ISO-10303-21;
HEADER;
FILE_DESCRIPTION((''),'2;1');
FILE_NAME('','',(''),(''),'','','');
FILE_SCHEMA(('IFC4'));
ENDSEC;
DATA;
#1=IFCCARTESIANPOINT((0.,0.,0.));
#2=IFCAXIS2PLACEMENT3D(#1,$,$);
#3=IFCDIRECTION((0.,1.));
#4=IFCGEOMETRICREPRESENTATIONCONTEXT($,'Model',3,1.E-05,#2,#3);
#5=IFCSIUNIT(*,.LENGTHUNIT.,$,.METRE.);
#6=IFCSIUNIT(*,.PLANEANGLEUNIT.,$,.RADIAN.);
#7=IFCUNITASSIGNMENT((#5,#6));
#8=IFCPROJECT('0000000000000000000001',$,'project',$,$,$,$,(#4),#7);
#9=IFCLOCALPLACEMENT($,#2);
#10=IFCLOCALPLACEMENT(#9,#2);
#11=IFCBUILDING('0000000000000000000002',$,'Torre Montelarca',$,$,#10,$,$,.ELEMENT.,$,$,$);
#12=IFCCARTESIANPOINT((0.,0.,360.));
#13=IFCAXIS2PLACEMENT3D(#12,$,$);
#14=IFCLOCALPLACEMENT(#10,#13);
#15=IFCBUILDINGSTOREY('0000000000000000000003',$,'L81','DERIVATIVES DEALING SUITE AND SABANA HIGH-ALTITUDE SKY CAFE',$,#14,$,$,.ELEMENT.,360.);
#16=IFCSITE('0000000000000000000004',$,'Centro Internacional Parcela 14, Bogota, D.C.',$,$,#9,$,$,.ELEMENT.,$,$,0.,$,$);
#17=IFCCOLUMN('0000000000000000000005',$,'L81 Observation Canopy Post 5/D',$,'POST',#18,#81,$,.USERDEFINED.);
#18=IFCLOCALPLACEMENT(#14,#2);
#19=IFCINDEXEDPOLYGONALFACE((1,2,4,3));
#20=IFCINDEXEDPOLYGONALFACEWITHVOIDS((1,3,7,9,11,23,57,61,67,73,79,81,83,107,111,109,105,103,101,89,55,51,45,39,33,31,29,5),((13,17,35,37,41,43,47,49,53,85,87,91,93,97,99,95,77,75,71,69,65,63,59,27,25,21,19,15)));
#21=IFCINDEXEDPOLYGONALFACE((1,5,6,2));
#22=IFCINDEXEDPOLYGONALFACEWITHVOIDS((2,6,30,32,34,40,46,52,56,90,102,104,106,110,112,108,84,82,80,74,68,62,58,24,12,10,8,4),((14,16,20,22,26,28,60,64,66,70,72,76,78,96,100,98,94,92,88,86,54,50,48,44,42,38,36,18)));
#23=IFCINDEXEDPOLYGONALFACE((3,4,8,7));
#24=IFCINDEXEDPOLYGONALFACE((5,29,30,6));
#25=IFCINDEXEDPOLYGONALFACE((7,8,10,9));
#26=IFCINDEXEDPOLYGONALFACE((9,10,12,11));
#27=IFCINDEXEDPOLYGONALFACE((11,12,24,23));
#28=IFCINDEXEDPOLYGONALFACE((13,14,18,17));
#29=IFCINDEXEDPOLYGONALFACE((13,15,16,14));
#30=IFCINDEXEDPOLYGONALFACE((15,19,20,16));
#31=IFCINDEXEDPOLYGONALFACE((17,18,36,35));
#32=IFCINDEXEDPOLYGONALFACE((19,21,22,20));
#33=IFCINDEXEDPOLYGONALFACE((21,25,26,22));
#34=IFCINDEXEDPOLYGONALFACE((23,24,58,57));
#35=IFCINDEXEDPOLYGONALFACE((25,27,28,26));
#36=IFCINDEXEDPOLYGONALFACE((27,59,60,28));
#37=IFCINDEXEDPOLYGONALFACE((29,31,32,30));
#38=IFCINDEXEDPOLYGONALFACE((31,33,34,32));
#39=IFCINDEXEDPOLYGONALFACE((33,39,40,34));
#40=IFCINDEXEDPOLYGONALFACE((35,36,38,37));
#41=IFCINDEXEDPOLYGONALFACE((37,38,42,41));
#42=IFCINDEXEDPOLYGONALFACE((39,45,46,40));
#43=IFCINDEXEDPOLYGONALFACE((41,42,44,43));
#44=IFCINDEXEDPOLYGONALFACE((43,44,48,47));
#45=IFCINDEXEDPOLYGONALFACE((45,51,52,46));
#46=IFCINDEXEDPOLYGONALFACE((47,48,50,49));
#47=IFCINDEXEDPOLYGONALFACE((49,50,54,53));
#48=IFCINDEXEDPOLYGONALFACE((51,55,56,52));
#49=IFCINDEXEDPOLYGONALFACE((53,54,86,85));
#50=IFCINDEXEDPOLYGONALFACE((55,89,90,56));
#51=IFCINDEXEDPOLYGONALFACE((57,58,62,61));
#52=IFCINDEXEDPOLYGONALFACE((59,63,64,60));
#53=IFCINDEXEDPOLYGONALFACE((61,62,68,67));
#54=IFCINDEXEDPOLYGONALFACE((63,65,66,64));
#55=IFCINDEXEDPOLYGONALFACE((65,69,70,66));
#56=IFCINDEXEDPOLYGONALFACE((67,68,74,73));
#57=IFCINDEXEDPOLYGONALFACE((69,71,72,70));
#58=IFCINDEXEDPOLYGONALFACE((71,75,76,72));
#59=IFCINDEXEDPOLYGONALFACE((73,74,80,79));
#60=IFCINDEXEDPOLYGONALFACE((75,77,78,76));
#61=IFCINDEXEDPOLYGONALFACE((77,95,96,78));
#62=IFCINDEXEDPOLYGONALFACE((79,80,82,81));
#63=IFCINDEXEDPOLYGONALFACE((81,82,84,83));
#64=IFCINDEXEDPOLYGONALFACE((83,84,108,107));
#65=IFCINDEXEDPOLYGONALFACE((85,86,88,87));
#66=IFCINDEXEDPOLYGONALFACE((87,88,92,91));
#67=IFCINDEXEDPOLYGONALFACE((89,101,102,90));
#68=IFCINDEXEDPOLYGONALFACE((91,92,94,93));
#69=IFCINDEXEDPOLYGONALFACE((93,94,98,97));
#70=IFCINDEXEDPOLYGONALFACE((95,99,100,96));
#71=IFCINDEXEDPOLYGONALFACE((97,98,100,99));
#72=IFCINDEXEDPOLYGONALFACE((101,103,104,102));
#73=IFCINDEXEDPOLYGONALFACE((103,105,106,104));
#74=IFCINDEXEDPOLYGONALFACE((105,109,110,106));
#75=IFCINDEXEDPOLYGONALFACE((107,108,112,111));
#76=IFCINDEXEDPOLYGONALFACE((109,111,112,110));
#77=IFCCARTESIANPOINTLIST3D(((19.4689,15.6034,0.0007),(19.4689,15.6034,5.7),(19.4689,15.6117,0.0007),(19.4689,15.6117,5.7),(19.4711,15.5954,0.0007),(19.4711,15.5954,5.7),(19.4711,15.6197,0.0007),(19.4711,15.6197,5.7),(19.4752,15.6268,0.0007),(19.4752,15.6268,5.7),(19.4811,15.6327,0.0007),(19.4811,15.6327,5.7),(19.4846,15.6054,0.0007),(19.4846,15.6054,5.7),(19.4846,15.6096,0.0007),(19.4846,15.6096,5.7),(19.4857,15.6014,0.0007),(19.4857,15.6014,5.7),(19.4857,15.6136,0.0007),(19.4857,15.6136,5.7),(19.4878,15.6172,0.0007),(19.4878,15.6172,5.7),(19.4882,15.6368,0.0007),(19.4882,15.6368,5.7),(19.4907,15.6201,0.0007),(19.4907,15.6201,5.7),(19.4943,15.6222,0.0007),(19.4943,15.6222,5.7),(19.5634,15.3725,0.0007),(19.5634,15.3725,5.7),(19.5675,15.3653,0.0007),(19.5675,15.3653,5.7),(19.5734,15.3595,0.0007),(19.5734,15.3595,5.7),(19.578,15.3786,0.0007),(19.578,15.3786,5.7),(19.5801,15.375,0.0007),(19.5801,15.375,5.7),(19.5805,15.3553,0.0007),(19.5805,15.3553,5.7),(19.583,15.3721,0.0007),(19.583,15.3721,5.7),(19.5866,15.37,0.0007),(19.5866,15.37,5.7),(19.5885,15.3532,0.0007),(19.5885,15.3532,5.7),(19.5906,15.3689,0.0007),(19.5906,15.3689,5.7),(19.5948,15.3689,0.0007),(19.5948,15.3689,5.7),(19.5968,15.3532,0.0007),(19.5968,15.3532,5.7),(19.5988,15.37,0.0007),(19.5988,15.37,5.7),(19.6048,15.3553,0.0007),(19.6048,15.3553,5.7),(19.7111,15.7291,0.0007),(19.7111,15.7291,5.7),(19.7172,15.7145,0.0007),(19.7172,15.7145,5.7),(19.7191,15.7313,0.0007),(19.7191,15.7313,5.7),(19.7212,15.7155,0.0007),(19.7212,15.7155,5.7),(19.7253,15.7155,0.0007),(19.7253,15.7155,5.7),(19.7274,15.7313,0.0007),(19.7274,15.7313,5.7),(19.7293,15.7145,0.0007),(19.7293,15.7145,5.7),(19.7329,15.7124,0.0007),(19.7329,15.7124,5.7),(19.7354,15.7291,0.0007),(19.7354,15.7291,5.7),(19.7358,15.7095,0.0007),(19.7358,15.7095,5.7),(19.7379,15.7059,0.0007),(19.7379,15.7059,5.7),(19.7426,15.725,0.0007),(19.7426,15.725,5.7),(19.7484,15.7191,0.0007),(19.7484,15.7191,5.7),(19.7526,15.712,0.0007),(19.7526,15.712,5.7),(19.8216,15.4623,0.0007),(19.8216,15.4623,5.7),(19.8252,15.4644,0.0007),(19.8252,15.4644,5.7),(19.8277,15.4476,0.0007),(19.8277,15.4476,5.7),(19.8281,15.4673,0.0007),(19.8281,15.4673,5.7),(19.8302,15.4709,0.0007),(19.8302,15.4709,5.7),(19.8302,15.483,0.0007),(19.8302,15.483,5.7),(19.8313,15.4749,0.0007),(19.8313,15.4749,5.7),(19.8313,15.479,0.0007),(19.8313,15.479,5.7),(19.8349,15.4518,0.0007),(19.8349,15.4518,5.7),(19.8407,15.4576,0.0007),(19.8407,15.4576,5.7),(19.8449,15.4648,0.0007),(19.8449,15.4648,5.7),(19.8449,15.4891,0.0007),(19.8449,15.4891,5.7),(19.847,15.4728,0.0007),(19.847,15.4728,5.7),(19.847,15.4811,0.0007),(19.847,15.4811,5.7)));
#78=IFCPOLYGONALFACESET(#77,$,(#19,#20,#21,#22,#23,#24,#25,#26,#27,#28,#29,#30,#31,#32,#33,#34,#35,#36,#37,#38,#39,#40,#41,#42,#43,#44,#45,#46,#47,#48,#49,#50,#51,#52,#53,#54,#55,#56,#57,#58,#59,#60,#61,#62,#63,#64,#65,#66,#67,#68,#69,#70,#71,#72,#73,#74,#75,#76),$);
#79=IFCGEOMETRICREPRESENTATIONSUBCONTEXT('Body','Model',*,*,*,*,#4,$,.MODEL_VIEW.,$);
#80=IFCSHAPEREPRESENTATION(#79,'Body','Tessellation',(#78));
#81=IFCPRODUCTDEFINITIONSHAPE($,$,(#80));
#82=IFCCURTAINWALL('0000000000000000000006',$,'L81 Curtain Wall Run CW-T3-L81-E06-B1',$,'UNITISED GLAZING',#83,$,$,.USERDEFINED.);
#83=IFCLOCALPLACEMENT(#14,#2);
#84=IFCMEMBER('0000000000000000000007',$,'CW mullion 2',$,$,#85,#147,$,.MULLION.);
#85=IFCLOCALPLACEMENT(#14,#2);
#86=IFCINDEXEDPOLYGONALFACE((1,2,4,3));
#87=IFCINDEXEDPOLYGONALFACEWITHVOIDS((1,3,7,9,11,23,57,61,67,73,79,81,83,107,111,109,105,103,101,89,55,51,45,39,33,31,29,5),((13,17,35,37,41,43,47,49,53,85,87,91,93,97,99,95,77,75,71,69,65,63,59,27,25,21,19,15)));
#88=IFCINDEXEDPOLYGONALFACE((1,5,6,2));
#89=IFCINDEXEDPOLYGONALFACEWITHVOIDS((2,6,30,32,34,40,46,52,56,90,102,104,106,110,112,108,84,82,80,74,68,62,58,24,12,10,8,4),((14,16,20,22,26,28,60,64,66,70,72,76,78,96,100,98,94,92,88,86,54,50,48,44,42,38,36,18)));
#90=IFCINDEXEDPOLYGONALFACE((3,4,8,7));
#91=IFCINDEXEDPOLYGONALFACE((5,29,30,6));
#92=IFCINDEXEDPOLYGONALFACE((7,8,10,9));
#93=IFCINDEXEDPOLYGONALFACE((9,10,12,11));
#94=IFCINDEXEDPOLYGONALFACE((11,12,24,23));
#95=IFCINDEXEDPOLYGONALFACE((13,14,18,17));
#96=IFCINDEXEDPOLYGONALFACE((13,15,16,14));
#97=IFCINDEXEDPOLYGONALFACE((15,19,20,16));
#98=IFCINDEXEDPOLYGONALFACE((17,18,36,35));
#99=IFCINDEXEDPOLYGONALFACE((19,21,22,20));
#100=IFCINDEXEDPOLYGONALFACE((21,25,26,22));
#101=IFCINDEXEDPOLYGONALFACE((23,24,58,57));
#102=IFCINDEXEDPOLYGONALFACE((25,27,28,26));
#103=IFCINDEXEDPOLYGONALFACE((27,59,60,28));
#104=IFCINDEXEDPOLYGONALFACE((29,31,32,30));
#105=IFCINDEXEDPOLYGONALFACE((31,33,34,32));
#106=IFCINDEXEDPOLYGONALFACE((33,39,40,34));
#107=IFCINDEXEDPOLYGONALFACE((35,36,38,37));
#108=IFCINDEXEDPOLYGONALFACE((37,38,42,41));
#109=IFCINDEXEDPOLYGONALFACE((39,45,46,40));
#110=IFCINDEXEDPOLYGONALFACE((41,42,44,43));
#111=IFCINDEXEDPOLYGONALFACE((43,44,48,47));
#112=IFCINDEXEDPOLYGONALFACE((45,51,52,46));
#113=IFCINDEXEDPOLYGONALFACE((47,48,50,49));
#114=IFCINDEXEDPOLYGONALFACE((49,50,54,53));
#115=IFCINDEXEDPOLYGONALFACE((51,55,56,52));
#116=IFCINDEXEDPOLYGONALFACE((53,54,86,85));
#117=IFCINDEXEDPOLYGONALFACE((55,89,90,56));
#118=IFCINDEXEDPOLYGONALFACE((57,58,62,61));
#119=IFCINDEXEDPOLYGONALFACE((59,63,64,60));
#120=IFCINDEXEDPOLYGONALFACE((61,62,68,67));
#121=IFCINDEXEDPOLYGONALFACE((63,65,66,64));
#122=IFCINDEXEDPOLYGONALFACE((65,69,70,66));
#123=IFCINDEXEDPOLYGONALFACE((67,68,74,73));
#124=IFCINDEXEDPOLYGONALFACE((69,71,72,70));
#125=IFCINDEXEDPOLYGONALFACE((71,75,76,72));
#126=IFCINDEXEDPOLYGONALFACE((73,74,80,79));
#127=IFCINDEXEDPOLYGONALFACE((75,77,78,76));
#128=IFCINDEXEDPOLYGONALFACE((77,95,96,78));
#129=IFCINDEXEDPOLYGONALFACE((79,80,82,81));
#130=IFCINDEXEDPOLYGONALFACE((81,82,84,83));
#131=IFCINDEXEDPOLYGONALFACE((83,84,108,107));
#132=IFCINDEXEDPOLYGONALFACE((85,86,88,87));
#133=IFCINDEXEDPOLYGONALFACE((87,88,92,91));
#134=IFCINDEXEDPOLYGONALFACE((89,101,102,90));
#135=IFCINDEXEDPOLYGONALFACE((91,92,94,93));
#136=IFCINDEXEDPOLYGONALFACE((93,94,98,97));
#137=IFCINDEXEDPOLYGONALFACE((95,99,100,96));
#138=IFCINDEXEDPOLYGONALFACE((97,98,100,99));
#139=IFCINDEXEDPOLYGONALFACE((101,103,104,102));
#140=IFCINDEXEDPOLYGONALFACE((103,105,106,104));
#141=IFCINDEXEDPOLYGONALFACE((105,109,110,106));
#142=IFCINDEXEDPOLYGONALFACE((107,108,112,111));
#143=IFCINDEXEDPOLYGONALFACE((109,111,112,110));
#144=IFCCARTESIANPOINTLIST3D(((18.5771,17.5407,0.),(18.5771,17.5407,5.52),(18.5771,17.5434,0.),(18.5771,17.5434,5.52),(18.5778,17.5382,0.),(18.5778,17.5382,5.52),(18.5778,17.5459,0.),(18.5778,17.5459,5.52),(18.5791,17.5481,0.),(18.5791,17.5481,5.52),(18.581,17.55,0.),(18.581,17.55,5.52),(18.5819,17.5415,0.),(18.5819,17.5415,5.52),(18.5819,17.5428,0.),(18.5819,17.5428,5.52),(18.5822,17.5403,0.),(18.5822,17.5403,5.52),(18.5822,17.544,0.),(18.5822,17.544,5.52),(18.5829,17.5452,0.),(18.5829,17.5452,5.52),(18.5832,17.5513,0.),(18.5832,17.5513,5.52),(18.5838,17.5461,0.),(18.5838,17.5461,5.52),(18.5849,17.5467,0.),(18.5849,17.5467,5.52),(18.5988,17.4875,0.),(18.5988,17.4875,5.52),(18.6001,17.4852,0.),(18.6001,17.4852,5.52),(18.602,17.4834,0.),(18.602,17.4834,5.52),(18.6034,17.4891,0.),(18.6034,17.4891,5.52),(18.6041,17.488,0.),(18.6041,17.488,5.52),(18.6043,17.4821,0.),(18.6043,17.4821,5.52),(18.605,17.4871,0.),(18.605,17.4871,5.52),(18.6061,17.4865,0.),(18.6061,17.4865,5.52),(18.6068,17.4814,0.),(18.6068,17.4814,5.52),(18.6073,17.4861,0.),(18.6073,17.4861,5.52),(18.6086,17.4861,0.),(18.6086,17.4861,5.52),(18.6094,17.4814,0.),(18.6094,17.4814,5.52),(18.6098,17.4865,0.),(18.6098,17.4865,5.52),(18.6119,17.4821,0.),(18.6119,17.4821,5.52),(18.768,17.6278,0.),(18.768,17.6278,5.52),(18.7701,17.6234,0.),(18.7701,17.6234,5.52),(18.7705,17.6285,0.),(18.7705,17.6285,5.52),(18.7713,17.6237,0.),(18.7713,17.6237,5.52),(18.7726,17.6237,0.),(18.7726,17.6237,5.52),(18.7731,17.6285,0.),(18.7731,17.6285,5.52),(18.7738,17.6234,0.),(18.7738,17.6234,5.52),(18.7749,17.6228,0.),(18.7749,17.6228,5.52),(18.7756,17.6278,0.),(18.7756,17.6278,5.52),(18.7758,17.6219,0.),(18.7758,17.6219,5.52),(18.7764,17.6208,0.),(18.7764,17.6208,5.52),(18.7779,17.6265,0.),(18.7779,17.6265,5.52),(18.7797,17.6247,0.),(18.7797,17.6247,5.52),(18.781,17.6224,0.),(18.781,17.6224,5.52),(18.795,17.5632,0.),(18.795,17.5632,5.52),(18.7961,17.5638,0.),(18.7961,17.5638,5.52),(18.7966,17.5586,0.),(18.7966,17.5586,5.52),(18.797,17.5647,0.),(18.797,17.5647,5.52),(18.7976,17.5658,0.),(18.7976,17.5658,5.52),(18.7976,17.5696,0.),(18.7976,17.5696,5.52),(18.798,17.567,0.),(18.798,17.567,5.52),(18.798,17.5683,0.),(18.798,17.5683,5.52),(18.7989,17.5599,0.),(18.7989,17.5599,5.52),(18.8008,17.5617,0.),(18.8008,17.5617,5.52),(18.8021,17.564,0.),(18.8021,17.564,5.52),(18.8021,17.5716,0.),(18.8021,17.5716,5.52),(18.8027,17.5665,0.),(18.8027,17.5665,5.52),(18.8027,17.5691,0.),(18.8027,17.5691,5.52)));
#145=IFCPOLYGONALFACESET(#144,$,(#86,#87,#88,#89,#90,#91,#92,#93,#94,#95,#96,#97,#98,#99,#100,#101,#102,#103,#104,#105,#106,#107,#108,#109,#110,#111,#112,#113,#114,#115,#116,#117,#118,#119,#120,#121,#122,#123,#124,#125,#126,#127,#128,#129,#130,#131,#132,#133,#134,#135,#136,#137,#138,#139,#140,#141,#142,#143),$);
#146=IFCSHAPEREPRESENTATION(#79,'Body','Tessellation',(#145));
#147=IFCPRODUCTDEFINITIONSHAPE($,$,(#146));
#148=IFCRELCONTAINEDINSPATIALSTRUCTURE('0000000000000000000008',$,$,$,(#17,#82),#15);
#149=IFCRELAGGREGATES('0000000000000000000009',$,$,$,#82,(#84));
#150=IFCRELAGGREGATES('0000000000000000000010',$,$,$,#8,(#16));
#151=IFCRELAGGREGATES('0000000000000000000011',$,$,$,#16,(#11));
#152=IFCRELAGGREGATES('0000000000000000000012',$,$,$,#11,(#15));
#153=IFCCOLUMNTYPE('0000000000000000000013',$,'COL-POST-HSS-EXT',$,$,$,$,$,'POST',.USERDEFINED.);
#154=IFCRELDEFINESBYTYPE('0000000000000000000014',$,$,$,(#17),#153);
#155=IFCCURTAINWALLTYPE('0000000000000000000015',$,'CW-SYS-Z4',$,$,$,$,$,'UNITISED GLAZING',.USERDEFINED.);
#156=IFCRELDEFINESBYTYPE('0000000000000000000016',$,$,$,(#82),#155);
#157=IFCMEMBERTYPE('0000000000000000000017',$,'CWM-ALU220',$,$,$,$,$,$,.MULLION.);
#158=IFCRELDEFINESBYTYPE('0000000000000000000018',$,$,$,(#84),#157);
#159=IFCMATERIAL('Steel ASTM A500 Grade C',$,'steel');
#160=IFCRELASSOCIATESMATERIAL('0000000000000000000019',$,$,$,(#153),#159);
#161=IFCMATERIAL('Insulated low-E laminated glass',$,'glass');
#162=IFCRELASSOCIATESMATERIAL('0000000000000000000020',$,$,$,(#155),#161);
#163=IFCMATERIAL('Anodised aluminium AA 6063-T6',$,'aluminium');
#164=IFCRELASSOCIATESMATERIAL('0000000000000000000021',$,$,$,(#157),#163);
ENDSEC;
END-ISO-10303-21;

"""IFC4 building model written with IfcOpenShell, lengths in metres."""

from ifc_helpers import new_model, si_unit, direction, frame, origin, origin_2d, place, context, subcontext, project, spatial, hollow_rectangle, extrude, source, transform, mapped, material, material_profile, profile_set, type_object, element, aggregate, save


model = new_model("IFC4")

# Units and contexts
model_context = context("Model", 3, precision=1e-05, world=origin(), true_north=direction((0.0, 1.0)))
body_context = subcontext(model_context, "Body", "Model", "MODEL_VIEW")
ifc_project = project(units=[si_unit("LENGTHUNIT", "METRE"), si_unit("PLANEANGLEUNIT", "RADIAN")], contexts=[model_context])

# Site, building, storey
site_placement = place(None, origin())
site = spatial("IfcSite", under=ifc_project, at=site_placement, Name="Centro Internacional Parcela 14, Bogota, D.C.", CompositionType="ELEMENT", RefElevation=0.0)
building_placement = place(site_placement, origin())
building = spatial("IfcBuilding", under=site, at=building_placement, Name="Torre Montelarca", CompositionType="ELEMENT")
storey_placement = place(building_placement, frame((0.0, 0.0, 360.0)))
storey = spatial("IfcBuildingStorey", under=building, at=storey_placement, Name="L81", Description="DERIVATIVES DEALING SUITE AND SABANA HIGH-ALTITUDE SKY CAFE", CompositionType="ELEMENT", Elevation=360.0)

# Column
ifc_material_1 = material(Name="Steel ASTM A500 Grade C", Category="steel")
ifc_material_profile_1 = material_profile(ifc_material_1, hollow_rectangle(XDim=0.3047, YDim=0.3047, WallThickness=0.0159, InnerFilletRadius=0.0159, OuterFilletRadius=0.0317, at=origin_2d()), Name="HSS305X305X15.9", Category="steel")
ifc_profile_set_1 = profile_set([ifc_material_profile_1], Name="Steel ASTM A500 Grade C")
column_type = type_object("IfcColumnType", Name="COL-POST-HSS-EXT", ElementType="POST", PredefinedType="USERDEFINED", material=ifc_profile_set_1)
shared_shape_1 = source(origin(), body_context, "Body", "SweptSolid", [
    extrude(hollow_rectangle(XDim=0.3047, YDim=0.3047, WallThickness=0.0159, InnerFilletRadius=0.0159, OuterFilletRadius=0.0317, at=origin_2d()), origin(), (0.0, 0.0, 1.0), 5.6992),
])
column_placement = place(storey_placement, frame((19.658, 15.5422, 0.0007), z_axis=(0.0, 0.0, 1.0), x_axis=(-0.382683, 0.92388, 0.0)))
element("IfcColumn", 1, at=column_placement, inside=storey, type_object=column_type, Name="L81 Observation Canopy Post 5/D", ObjectType="POST", PredefinedType="USERDEFINED", context=body_context, shape_type="MappedRepresentation", body=[
    mapped(shared_shape_1, transform((0.0, 0.0, 0.0), scale=1.0)),
])

# Curtain wall, member
ifc_material_2 = material(Name="Insulated low-E laminated glass", Category="glass")
curtain_wall_type = type_object("IfcCurtainWallType", Name="CW-SYS-Z4", ElementType="UNITISED GLAZING", PredefinedType="USERDEFINED", material=ifc_material_2)
curtain_wall_placement = place(storey_placement, origin())
curtain_wall = element("IfcCurtainWall", 2, at=curtain_wall_placement, inside=storey, type_object=curtain_wall_type, Name="L81 Curtain Wall Run CW-T3-L81-E06-B1", ObjectType="UNITISED GLAZING", PredefinedType="USERDEFINED")
ifc_material_3 = material(Name="Anodised aluminium AA 6063-T6", Category="aluminium")
ifc_material_profile_2 = material_profile(ifc_material_3, hollow_rectangle(XDim=0.075, YDim=0.22, WallThickness=0.0049, InnerFilletRadius=0.0049, OuterFilletRadius=0.01, at=origin_2d()), Name="ALU75X220X5", Category="aluminium")
ifc_profile_set_2 = profile_set([ifc_material_profile_2], Name="Anodised aluminium AA 6063-T6")
member_type_1 = type_object("IfcMemberType", Name="CWM-ALU220", PredefinedType="MULLION", material=ifc_profile_set_2)
shared_shape_2 = source(origin(), body_context, "Body", "SweptSolid", [
    extrude(hollow_rectangle(XDim=0.075, YDim=0.22, WallThickness=0.0049, InnerFilletRadius=0.0049, OuterFilletRadius=0.01, at=origin_2d()), origin(), (0.0, 0.0, 1.0), 5.52),
])
member_1_placement = place(storey_placement, frame((18.6899, 17.5549, 0.0), z_axis=(0.0, 0.0, 1.0), x_axis=(-0.382677, 0.923882, 0.0)))
member_1 = element("IfcMember", 3, at=member_1_placement, type_object=member_type_1, Name="CW mullion 2", PredefinedType="MULLION", context=body_context, shape_type="MappedRepresentation", body=[
    mapped(shared_shape_2, transform((0.0, 0.0, 0.0), scale=1.0)),
])
aggregate(curtain_wall, [member_1])

save(model, "model.ifc")
